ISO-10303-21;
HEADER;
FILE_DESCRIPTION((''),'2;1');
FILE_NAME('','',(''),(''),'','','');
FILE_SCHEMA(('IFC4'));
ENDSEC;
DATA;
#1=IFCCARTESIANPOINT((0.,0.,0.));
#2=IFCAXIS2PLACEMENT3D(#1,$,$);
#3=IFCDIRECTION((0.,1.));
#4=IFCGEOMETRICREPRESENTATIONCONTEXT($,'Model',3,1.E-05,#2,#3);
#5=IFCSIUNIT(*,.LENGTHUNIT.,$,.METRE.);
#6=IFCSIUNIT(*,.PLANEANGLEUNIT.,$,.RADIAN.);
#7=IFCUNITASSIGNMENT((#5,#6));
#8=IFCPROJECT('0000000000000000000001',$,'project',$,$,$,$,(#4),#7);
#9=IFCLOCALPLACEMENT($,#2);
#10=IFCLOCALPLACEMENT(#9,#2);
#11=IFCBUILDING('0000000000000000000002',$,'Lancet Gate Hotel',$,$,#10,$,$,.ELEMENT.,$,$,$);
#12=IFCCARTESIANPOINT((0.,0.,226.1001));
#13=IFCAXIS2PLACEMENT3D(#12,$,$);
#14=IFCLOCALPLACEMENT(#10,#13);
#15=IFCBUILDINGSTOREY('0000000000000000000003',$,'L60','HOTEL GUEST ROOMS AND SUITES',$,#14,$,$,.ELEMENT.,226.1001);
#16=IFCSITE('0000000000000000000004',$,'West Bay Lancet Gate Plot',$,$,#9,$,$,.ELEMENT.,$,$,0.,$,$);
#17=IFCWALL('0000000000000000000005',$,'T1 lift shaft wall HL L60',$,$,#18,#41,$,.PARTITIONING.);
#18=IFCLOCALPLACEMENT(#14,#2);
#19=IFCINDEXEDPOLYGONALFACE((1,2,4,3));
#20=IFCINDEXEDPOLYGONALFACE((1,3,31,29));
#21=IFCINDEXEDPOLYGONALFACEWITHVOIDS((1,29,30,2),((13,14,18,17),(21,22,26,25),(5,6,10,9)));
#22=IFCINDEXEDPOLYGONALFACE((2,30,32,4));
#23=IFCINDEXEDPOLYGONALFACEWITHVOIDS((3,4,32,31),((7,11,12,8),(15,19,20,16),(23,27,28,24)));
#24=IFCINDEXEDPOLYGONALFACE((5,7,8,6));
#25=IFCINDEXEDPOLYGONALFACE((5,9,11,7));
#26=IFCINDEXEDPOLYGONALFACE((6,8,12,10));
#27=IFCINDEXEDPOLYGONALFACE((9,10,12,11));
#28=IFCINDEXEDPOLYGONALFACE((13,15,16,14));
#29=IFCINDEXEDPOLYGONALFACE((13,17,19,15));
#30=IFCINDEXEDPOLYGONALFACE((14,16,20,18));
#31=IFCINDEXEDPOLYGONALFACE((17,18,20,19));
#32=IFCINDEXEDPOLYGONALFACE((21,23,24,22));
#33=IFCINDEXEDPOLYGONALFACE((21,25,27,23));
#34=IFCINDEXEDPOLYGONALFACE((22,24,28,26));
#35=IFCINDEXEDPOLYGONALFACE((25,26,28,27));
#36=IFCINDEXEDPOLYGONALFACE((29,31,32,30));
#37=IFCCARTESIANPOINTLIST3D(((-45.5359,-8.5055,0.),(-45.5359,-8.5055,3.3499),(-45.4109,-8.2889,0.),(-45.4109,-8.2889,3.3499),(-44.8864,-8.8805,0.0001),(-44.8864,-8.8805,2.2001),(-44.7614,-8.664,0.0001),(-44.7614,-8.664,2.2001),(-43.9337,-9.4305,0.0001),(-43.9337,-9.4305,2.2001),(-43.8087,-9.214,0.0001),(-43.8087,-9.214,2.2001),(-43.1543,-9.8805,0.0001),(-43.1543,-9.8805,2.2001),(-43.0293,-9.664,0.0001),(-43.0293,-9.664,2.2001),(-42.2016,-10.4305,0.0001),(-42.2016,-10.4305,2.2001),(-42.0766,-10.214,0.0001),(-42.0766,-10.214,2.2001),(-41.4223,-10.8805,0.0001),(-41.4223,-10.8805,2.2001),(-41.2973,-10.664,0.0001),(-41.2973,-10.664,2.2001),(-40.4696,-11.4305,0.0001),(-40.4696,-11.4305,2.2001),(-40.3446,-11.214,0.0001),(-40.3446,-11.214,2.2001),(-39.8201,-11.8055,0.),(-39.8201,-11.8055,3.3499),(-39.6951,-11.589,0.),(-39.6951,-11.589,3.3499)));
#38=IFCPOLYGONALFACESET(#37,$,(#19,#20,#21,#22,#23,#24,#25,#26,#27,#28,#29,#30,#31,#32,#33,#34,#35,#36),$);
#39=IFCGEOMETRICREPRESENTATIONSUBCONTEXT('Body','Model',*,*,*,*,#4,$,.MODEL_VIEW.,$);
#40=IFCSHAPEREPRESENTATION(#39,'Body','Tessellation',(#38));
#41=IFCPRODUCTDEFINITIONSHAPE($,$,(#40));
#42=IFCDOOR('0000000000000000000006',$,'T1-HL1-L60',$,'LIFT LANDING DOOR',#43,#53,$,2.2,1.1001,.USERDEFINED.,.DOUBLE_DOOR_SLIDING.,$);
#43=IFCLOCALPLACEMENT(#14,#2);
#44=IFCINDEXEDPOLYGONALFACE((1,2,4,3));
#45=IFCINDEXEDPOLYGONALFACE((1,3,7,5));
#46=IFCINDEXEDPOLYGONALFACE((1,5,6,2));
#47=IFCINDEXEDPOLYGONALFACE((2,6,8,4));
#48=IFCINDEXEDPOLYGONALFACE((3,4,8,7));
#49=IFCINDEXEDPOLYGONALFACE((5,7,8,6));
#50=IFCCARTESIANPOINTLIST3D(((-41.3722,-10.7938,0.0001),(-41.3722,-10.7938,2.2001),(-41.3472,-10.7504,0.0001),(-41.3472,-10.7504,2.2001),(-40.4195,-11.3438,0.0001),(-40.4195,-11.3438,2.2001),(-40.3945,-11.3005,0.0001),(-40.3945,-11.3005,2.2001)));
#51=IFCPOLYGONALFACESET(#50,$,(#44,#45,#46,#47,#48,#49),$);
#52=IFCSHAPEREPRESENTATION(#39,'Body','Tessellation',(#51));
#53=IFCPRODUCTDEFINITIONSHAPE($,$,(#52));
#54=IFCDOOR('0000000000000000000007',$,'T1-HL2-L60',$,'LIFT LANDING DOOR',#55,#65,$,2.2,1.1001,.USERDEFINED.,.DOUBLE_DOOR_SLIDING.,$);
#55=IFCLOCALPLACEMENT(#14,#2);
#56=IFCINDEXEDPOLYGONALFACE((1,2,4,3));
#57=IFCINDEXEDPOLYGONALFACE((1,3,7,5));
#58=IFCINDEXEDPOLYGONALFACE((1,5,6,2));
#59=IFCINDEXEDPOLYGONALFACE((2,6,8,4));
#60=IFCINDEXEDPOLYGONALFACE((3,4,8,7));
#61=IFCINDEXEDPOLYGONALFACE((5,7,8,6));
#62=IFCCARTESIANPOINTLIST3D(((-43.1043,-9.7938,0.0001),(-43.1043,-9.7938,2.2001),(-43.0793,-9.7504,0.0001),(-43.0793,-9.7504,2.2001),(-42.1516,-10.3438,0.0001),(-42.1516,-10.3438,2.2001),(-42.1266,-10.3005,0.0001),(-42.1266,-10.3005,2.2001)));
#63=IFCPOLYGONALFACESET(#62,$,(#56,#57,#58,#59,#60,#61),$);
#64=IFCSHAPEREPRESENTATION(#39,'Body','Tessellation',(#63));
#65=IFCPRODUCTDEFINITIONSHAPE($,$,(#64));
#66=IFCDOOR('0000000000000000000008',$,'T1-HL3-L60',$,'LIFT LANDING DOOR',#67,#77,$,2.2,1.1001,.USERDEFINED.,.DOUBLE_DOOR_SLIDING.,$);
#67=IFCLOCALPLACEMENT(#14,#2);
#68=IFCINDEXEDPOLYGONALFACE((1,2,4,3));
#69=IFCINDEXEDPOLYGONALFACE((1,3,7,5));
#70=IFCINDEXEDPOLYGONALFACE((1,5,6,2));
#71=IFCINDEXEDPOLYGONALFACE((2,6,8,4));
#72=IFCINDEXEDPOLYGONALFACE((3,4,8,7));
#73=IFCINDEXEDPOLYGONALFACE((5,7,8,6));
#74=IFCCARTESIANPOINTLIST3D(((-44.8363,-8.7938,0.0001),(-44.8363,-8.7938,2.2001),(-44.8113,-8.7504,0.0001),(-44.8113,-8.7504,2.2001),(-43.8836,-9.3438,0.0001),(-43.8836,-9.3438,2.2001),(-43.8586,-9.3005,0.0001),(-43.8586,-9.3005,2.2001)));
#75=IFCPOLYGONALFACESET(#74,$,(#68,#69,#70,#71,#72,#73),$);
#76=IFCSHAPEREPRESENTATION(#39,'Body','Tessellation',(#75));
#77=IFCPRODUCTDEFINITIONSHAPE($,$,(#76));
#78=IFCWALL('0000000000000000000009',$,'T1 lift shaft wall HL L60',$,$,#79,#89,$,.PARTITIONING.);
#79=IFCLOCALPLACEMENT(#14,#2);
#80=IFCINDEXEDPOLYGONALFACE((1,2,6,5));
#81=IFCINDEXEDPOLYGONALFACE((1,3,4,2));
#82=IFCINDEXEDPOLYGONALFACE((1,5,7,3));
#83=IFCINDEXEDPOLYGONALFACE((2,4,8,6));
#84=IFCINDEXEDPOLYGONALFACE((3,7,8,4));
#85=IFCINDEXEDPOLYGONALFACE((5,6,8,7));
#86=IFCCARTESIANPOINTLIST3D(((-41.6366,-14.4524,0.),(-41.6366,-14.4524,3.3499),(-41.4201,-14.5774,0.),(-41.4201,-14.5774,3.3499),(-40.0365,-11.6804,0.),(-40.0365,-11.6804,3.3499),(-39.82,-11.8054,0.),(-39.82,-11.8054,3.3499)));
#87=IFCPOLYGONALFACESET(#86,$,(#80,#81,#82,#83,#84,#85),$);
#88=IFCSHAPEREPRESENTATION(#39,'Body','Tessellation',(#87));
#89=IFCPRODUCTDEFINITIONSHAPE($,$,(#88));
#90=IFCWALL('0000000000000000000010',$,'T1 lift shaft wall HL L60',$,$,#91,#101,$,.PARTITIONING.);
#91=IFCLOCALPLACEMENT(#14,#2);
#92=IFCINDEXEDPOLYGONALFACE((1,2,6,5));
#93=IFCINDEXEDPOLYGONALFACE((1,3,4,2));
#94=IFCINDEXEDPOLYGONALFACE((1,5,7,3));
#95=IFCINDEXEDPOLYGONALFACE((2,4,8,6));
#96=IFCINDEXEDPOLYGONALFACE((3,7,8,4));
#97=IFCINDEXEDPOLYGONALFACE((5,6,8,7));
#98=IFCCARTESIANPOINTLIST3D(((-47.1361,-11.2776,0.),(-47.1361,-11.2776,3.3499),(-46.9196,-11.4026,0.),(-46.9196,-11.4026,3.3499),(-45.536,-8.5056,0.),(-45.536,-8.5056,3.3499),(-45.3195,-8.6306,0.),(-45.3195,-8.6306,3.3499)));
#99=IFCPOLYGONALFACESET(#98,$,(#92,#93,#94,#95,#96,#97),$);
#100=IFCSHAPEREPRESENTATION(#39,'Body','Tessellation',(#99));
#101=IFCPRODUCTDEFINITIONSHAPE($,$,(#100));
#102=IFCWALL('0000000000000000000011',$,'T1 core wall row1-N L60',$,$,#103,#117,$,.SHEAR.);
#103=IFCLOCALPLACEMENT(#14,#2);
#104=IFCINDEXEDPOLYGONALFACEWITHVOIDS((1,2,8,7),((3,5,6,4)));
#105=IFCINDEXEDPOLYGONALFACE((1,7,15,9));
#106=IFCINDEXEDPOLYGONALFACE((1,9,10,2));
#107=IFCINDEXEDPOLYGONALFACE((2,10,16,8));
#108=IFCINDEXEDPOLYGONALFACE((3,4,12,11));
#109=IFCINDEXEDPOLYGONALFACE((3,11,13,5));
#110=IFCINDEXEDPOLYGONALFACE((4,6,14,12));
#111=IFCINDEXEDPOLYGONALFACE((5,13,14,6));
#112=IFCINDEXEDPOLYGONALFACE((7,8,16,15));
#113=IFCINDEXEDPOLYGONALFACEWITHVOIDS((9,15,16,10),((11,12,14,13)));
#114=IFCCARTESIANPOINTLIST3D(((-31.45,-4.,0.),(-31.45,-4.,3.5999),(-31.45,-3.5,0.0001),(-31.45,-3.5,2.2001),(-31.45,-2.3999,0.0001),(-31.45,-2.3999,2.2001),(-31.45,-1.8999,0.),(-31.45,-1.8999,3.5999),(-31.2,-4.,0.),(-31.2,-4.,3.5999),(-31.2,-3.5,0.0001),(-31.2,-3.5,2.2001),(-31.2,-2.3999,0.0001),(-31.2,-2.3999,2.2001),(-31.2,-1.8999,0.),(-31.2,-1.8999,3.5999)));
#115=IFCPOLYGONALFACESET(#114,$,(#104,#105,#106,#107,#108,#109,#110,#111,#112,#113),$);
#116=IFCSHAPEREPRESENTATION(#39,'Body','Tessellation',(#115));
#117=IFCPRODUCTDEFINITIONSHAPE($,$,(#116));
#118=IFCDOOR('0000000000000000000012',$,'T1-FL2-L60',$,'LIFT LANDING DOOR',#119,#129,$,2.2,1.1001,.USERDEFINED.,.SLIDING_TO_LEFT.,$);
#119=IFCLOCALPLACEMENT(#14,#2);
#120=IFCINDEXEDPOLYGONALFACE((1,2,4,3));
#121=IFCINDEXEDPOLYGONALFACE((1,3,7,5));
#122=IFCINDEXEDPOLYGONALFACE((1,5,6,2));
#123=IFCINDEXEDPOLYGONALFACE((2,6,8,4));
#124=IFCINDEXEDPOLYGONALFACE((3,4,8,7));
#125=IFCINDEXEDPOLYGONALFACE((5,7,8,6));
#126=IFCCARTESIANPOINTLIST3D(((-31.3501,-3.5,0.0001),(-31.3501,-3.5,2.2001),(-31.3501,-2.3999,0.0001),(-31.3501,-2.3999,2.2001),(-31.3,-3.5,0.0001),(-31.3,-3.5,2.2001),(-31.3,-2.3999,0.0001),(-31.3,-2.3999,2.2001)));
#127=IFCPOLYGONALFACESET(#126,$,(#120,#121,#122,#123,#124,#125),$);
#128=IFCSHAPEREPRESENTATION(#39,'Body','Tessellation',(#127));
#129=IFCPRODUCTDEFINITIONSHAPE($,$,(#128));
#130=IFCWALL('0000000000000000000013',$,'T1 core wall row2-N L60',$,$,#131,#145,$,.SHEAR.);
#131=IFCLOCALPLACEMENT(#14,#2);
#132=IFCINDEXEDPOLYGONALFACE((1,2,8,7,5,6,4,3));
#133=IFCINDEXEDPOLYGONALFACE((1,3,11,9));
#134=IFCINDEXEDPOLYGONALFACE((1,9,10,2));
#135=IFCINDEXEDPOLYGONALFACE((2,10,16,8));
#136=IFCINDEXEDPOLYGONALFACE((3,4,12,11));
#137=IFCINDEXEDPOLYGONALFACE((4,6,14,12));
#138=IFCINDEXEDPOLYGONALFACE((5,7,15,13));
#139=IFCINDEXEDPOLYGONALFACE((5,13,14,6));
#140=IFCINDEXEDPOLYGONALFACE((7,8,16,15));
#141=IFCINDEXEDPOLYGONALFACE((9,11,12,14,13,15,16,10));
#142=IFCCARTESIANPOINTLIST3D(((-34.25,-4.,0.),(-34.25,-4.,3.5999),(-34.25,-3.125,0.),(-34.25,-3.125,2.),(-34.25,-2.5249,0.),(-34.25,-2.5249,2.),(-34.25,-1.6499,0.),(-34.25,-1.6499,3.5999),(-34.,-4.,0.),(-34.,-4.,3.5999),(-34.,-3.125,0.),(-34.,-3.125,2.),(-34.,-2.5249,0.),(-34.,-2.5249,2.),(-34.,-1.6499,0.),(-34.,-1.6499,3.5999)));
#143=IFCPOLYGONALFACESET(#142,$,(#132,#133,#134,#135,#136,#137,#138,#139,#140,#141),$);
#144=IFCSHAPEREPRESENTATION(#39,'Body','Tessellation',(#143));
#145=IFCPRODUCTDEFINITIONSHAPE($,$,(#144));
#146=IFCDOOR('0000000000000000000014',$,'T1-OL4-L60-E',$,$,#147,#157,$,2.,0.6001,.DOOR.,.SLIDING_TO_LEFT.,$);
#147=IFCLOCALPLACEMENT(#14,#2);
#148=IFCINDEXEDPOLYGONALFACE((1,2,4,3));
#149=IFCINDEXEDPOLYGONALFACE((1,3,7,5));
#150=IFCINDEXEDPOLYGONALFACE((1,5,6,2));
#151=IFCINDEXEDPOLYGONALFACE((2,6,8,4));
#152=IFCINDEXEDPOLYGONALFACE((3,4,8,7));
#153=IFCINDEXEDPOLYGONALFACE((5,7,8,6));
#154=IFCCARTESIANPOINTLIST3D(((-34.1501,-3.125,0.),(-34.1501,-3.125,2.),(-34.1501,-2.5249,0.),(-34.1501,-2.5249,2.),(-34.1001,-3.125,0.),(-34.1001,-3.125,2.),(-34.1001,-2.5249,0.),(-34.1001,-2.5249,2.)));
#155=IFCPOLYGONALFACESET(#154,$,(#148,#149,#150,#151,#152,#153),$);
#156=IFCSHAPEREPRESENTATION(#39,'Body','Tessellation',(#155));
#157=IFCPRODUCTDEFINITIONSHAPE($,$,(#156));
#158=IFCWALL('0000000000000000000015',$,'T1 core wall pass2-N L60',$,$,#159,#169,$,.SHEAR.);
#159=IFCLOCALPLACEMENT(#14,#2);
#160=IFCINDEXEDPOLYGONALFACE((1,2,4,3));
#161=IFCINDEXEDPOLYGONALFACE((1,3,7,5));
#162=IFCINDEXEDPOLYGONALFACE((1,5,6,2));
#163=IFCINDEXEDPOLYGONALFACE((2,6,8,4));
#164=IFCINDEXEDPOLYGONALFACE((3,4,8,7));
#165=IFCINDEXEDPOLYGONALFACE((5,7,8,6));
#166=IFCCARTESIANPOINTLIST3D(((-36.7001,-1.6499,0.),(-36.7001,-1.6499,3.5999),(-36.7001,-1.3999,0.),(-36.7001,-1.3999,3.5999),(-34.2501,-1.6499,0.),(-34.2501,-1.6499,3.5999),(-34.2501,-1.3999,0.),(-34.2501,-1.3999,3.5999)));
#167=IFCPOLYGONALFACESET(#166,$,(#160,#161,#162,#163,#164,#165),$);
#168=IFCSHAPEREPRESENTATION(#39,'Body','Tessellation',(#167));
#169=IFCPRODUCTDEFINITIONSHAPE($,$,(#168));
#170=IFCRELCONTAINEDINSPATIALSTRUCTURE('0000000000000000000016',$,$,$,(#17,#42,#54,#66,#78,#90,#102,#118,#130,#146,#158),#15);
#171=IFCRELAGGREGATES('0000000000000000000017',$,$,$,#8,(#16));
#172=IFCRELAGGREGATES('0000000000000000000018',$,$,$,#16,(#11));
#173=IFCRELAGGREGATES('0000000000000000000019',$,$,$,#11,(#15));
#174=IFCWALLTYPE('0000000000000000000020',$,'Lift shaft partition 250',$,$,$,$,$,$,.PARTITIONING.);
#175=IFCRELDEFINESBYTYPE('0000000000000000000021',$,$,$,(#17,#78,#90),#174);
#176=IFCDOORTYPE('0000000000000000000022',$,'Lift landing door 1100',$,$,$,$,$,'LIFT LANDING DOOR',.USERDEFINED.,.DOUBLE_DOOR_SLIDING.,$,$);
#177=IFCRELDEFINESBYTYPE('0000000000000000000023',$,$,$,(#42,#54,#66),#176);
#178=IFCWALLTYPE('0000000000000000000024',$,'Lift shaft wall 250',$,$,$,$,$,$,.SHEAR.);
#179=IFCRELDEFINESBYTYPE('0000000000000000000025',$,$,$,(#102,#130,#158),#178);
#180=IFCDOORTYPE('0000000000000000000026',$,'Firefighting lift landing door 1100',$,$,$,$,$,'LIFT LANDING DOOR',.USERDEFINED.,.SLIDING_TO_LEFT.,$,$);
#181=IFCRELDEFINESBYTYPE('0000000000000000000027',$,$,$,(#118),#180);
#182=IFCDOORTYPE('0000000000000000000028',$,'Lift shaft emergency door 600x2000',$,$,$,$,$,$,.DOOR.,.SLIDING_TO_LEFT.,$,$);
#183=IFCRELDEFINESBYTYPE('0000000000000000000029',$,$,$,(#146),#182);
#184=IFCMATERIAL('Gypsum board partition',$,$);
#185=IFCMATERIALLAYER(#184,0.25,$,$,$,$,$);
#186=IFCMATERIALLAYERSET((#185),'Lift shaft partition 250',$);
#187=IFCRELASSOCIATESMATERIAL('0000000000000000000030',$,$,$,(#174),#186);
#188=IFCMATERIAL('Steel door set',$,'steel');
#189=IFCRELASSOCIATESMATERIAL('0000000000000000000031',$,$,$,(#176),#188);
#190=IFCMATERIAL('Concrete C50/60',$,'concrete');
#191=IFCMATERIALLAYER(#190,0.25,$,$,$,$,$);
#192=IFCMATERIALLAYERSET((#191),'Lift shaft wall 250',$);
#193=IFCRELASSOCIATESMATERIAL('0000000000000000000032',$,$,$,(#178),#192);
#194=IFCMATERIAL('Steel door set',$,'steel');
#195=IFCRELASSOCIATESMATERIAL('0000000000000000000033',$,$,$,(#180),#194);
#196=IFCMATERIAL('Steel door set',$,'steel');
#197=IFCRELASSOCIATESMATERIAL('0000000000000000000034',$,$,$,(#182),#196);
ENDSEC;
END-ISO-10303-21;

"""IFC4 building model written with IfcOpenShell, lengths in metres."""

from ifc_helpers import new_model, si_unit, direction, frame, frame_2d, origin, place, context, subcontext, project, spatial, rectangle, extrude, material, layer, layer_set, type_object, element, fill, save


model = new_model("IFC4")

# Units and contexts
model_context = context("Model", 3, precision=1e-05, world=origin(), true_north=direction((0.0, 1.0)))
body_context = subcontext(model_context, "Body", "Model", "MODEL_VIEW")
ifc_project = project(units=[si_unit("LENGTHUNIT", "METRE"), si_unit("PLANEANGLEUNIT", "RADIAN")], contexts=[model_context])

# Site, building, storey
site_placement = place(None, origin())
site = spatial("IfcSite", under=ifc_project, at=site_placement, Name="West Bay Lancet Gate Plot", CompositionType="ELEMENT", RefElevation=0.0)
building_placement = place(site_placement, origin())
building = spatial("IfcBuilding", under=site, at=building_placement, Name="Lancet Gate Hotel", CompositionType="ELEMENT")
storey_placement = place(building_placement, frame((0.0, 0.0, 226.1001)))
storey = spatial("IfcBuildingStorey", under=building, at=storey_placement, Name="L60", Description="HOTEL GUEST ROOMS AND SUITES", CompositionType="ELEMENT", Elevation=226.1001)

# Wall, openings, doors
ifc_material_1 = material(Name="Gypsum board partition")
ifc_layer_1 = layer(ifc_material_1, 0.25)
ifc_layer_set_1 = layer_set([ifc_layer_1], Name="Lift shaft partition 250")
wall_type_1 = type_object("IfcWallType", Name="Lift shaft partition 250", PredefinedType="PARTITIONING", material=ifc_layer_set_1)
wall_1_placement = place(storey_placement, frame((-39.7576, -11.6973, 0.0), z_axis=(0.0, 0.0, 1.0), x_axis=(-0.866024, 0.500002, 0.0)))
wall_1 = element("IfcWall", 1, at=wall_1_placement, inside=storey, type_object=wall_type_1, Name="T1 lift shaft wall HL L60", PredefinedType="PARTITIONING", context=body_context, shape_type="SweptSolid", body=[
    extrude(rectangle(XDim=6.6001, YDim=0.25, at=frame_2d((3.3, 0.0))), origin(), (0.0, 0.0, 1.0), 3.3499),
])
opening_1_placement = place(wall_1_placement, frame((0.75, 0.0, 0.0)))
opening_1 = element("IfcOpeningElement", 2, at=opening_1_placement, cuts=wall_1, PredefinedType="OPENING", context=body_context, shape_type="SweptSolid", body=[
    extrude(rectangle(XDim=1.1001, YDim=2.2, at=frame_2d((0.55, 1.1001))), frame((0.0, 0.135, 0.0), z_axis=(0.0, -1.0, 0.0), x_axis=(1.0, 0.0, 0.0)), (0.0, 0.0, 1.0), 0.27),
])
opening_2_placement = place(wall_1_placement, frame((2.75, 0.0, 0.0)))
opening_2 = element("IfcOpeningElement", 3, at=opening_2_placement, cuts=wall_1, PredefinedType="OPENING", context=body_context, shape_type="SweptSolid", body=[
    extrude(rectangle(XDim=1.1001, YDim=2.2, at=frame_2d((0.55, 1.1001))), frame((0.0, 0.135, 0.0), z_axis=(0.0, -1.0, 0.0), x_axis=(1.0, 0.0, 0.0)), (0.0, 0.0, 1.0), 0.27),
])
opening_3_placement = place(wall_1_placement, frame((4.75, 0.0, 0.0)))
opening_3 = element("IfcOpeningElement", 4, at=opening_3_placement, cuts=wall_1, PredefinedType="OPENING", context=body_context, shape_type="SweptSolid", body=[
    extrude(rectangle(XDim=1.1001, YDim=2.2, at=frame_2d((0.55, 1.1001))), frame((0.0, 0.135, 0.0), z_axis=(0.0, -1.0, 0.0), x_axis=(1.0, 0.0, 0.0)), (0.0, 0.0, 1.0), 0.27),
])
ifc_material_2 = material(Name="Steel door set", Category="steel")
door_type_1 = type_object("IfcDoorType", Name="Lift landing door 1100", ElementType="LIFT LANDING DOOR", OperationType="DOUBLE_DOOR_SLIDING", PredefinedType="USERDEFINED", material=ifc_material_2)
door_1_placement = place(opening_1_placement, origin())
door_1 = element("IfcDoor", 5, at=door_1_placement, inside=storey, type_object=door_type_1, Name="T1-HL1-L60", ObjectType="LIFT LANDING DOOR", OperationType="DOUBLE_DOOR_SLIDING", OverallHeight=2.2, OverallWidth=1.1001, PredefinedType="USERDEFINED", context=body_context, shape_type="SweptSolid", body=[
    extrude(rectangle(XDim=1.1001, YDim=2.2, at=frame_2d((0.55, 1.1001))), frame((0.0, 0.0249, 0.0), z_axis=(0.0, -1.0, 0.0), x_axis=(1.0, 0.0, 0.0)), (0.0, 0.0, 1.0), 0.05),
])
fill(opening_1, door_1)
door_2_placement = place(opening_2_placement, origin())
door_2 = element("IfcDoor", 6, at=door_2_placement, inside=storey, type_object=door_type_1, Name="T1-HL2-L60", ObjectType="LIFT LANDING DOOR", OperationType="DOUBLE_DOOR_SLIDING", OverallHeight=2.2, OverallWidth=1.1001, PredefinedType="USERDEFINED", context=body_context, shape_type="SweptSolid", body=[
    extrude(rectangle(XDim=1.1001, YDim=2.2, at=frame_2d((0.55, 1.1001))), frame((0.0, 0.0249, 0.0), z_axis=(0.0, -1.0, 0.0), x_axis=(1.0, 0.0, 0.0)), (0.0, 0.0, 1.0), 0.05),
])
fill(opening_2, door_2)
door_3_placement = place(opening_3_placement, origin())
door_3 = element("IfcDoor", 7, at=door_3_placement, inside=storey, type_object=door_type_1, Name="T1-HL3-L60", ObjectType="LIFT LANDING DOOR", OperationType="DOUBLE_DOOR_SLIDING", OverallHeight=2.2, OverallWidth=1.1001, PredefinedType="USERDEFINED", context=body_context, shape_type="SweptSolid", body=[
    extrude(rectangle(XDim=1.1001, YDim=2.2, at=frame_2d((0.55, 1.1001))), frame((0.0, 0.0249, 0.0), z_axis=(0.0, -1.0, 0.0), x_axis=(1.0, 0.0, 0.0)), (0.0, 0.0, 1.0), 0.05),
])
fill(opening_3, door_3)

# Walls
for number, where, z_axis, x_axis, name in (
    (8, (-39.9282, -11.7429, 0.0), (0.0, 0.0, 1.0), (-0.499929, -0.866066, 0.0), "T1 lift shaft wall HL L60"),
    (9, (-45.4277, -8.5681, 0.0), (0.0, 0.0, 1.0), (-0.499929, -0.866066, 0.0), "T1 lift shaft wall HL L60"),
):
    element("IfcWall", number, at=place(storey_placement, frame(where, z_axis=z_axis, x_axis=x_axis)), inside=storey, type_object=wall_type_1, Name=name, PredefinedType="PARTITIONING", context=body_context, shape_type="SweptSolid", body=[
        extrude(rectangle(XDim=3.2007, YDim=0.25, at=frame_2d((1.6003, 0.0))), origin(), (0.0, 0.0, 1.0), 3.3499),
    ])

# Walls, openings, doors
ifc_material_3 = material(Name="Concrete C50/60", Category="concrete")
ifc_layer_2 = layer(ifc_material_3, 0.25)
ifc_layer_set_2 = layer_set([ifc_layer_2], Name="Lift shaft wall 250")
wall_type_2 = type_object("IfcWallType", Name="Lift shaft wall 250", PredefinedType="SHEAR", material=ifc_layer_set_2)
wall_2_placement = place(storey_placement, frame((-31.325, -1.8999, 0.0), z_axis=(0.0, 0.0, 1.0), x_axis=(0.0, -1.0, 0.0)))
wall_2 = element("IfcWall", 10, at=wall_2_placement, inside=storey, type_object=wall_type_2, Name="T1 core wall row1-N L60", PredefinedType="SHEAR", context=body_context, shape_type="SweptSolid", body=[
    extrude(rectangle(XDim=2.1001, YDim=0.25, at=frame_2d((1.05, 0.0))), origin(), (0.0, 0.0, 1.0), 3.5999),
])
opening_4_placement = place(wall_2_placement, frame((0.5, 0.0, 0.0)))
opening_4 = element("IfcOpeningElement", 11, at=opening_4_placement, cuts=wall_2, PredefinedType="OPENING", context=body_context, shape_type="SweptSolid", body=[
    extrude(rectangle(XDim=1.1001, YDim=2.2, at=frame_2d((0.55, 1.1001))), frame((0.0, 0.135, 0.0), z_axis=(0.0, -1.0, 0.0), x_axis=(1.0, 0.0, 0.0)), (0.0, 0.0, 1.0), 0.27),
])
ifc_material_4 = material(Name="Steel door set", Category="steel")
door_type_2 = type_object("IfcDoorType", Name="Firefighting lift landing door 1100", ElementType="LIFT LANDING DOOR", OperationType="SLIDING_TO_LEFT", PredefinedType="USERDEFINED", material=ifc_material_4)
door_4_placement = place(opening_4_placement, origin())
door_4 = element("IfcDoor", 12, at=door_4_placement, inside=storey, type_object=door_type_2, Name="T1-FL2-L60", ObjectType="LIFT LANDING DOOR", OperationType="SLIDING_TO_LEFT", OverallHeight=2.2, OverallWidth=1.1001, PredefinedType="USERDEFINED", context=body_context, shape_type="SweptSolid", body=[
    extrude(rectangle(XDim=1.1001, YDim=2.2, at=frame_2d((0.55, 1.1001))), frame((0.0, 0.0249, 0.0), z_axis=(0.0, -1.0, 0.0), x_axis=(1.0, 0.0, 0.0)), (0.0, 0.0, 1.0), 0.05),
])
fill(opening_4, door_4)
wall_3_placement = place(storey_placement, frame((-34.125, -1.6499, 0.0), z_axis=(0.0, 0.0, 1.0), x_axis=(0.0, -1.0, 0.0)))
wall_3 = element("IfcWall", 13, at=wall_3_placement, inside=storey, type_object=wall_type_2, Name="T1 core wall row2-N L60", PredefinedType="SHEAR", context=body_context, shape_type="SweptSolid", body=[
    extrude(rectangle(XDim=2.3501, YDim=0.25, at=frame_2d((1.175, 0.0))), origin(), (0.0, 0.0, 1.0), 3.5999),
])
opening_5_placement = place(wall_3_placement, frame((0.875, 0.0, 0.0)))
opening_5 = element("IfcOpeningElement", 14, at=opening_5_placement, cuts=wall_3, PredefinedType="OPENING", context=body_context, shape_type="SweptSolid", body=[
    extrude(rectangle(XDim=0.6001, YDim=2.0, at=frame_2d((0.3, 1.0))), frame((0.0, 0.135, 0.0), z_axis=(0.0, -1.0, 0.0), x_axis=(1.0, 0.0, 0.0)), (0.0, 0.0, 1.0), 0.27),
])
ifc_material_5 = material(Name="Steel door set", Category="steel")
door_type_3 = type_object("IfcDoorType", Name="Lift shaft emergency door 600x2000", OperationType="SLIDING_TO_LEFT", PredefinedType="DOOR", material=ifc_material_5)
door_5_placement = place(opening_5_placement, origin())
door_5 = element("IfcDoor", 15, at=door_5_placement, inside=storey, type_object=door_type_3, Name="T1-OL4-L60-E", OperationType="SLIDING_TO_LEFT", OverallHeight=2.0, OverallWidth=0.6001, PredefinedType="DOOR", context=body_context, shape_type="SweptSolid", body=[
    extrude(rectangle(XDim=0.6001, YDim=2.0, at=frame_2d((0.3, 1.0))), frame((0.0, 0.0249, 0.0), z_axis=(0.0, -1.0, 0.0), x_axis=(1.0, 0.0, 0.0)), (0.0, 0.0, 1.0), 0.05),
])
fill(opening_5, door_5)

# Wall
wall_4_placement = place(storey_placement, frame((-34.25, -1.5249, 0.0), z_axis=(0.0, 0.0, 1.0), x_axis=(-1.0, 0.0, 0.0)))
element("IfcWall", 16, at=wall_4_placement, inside=storey, type_object=wall_type_2, Name="T1 core wall pass2-N L60", PredefinedType="SHEAR", context=body_context, shape_type="SweptSolid", body=[
    extrude(rectangle(XDim=2.45, YDim=0.25, at=frame_2d((1.2251, 0.0))), origin(), (0.0, 0.0, 1.0), 3.5999),
])

save(model, "model.ifc")
